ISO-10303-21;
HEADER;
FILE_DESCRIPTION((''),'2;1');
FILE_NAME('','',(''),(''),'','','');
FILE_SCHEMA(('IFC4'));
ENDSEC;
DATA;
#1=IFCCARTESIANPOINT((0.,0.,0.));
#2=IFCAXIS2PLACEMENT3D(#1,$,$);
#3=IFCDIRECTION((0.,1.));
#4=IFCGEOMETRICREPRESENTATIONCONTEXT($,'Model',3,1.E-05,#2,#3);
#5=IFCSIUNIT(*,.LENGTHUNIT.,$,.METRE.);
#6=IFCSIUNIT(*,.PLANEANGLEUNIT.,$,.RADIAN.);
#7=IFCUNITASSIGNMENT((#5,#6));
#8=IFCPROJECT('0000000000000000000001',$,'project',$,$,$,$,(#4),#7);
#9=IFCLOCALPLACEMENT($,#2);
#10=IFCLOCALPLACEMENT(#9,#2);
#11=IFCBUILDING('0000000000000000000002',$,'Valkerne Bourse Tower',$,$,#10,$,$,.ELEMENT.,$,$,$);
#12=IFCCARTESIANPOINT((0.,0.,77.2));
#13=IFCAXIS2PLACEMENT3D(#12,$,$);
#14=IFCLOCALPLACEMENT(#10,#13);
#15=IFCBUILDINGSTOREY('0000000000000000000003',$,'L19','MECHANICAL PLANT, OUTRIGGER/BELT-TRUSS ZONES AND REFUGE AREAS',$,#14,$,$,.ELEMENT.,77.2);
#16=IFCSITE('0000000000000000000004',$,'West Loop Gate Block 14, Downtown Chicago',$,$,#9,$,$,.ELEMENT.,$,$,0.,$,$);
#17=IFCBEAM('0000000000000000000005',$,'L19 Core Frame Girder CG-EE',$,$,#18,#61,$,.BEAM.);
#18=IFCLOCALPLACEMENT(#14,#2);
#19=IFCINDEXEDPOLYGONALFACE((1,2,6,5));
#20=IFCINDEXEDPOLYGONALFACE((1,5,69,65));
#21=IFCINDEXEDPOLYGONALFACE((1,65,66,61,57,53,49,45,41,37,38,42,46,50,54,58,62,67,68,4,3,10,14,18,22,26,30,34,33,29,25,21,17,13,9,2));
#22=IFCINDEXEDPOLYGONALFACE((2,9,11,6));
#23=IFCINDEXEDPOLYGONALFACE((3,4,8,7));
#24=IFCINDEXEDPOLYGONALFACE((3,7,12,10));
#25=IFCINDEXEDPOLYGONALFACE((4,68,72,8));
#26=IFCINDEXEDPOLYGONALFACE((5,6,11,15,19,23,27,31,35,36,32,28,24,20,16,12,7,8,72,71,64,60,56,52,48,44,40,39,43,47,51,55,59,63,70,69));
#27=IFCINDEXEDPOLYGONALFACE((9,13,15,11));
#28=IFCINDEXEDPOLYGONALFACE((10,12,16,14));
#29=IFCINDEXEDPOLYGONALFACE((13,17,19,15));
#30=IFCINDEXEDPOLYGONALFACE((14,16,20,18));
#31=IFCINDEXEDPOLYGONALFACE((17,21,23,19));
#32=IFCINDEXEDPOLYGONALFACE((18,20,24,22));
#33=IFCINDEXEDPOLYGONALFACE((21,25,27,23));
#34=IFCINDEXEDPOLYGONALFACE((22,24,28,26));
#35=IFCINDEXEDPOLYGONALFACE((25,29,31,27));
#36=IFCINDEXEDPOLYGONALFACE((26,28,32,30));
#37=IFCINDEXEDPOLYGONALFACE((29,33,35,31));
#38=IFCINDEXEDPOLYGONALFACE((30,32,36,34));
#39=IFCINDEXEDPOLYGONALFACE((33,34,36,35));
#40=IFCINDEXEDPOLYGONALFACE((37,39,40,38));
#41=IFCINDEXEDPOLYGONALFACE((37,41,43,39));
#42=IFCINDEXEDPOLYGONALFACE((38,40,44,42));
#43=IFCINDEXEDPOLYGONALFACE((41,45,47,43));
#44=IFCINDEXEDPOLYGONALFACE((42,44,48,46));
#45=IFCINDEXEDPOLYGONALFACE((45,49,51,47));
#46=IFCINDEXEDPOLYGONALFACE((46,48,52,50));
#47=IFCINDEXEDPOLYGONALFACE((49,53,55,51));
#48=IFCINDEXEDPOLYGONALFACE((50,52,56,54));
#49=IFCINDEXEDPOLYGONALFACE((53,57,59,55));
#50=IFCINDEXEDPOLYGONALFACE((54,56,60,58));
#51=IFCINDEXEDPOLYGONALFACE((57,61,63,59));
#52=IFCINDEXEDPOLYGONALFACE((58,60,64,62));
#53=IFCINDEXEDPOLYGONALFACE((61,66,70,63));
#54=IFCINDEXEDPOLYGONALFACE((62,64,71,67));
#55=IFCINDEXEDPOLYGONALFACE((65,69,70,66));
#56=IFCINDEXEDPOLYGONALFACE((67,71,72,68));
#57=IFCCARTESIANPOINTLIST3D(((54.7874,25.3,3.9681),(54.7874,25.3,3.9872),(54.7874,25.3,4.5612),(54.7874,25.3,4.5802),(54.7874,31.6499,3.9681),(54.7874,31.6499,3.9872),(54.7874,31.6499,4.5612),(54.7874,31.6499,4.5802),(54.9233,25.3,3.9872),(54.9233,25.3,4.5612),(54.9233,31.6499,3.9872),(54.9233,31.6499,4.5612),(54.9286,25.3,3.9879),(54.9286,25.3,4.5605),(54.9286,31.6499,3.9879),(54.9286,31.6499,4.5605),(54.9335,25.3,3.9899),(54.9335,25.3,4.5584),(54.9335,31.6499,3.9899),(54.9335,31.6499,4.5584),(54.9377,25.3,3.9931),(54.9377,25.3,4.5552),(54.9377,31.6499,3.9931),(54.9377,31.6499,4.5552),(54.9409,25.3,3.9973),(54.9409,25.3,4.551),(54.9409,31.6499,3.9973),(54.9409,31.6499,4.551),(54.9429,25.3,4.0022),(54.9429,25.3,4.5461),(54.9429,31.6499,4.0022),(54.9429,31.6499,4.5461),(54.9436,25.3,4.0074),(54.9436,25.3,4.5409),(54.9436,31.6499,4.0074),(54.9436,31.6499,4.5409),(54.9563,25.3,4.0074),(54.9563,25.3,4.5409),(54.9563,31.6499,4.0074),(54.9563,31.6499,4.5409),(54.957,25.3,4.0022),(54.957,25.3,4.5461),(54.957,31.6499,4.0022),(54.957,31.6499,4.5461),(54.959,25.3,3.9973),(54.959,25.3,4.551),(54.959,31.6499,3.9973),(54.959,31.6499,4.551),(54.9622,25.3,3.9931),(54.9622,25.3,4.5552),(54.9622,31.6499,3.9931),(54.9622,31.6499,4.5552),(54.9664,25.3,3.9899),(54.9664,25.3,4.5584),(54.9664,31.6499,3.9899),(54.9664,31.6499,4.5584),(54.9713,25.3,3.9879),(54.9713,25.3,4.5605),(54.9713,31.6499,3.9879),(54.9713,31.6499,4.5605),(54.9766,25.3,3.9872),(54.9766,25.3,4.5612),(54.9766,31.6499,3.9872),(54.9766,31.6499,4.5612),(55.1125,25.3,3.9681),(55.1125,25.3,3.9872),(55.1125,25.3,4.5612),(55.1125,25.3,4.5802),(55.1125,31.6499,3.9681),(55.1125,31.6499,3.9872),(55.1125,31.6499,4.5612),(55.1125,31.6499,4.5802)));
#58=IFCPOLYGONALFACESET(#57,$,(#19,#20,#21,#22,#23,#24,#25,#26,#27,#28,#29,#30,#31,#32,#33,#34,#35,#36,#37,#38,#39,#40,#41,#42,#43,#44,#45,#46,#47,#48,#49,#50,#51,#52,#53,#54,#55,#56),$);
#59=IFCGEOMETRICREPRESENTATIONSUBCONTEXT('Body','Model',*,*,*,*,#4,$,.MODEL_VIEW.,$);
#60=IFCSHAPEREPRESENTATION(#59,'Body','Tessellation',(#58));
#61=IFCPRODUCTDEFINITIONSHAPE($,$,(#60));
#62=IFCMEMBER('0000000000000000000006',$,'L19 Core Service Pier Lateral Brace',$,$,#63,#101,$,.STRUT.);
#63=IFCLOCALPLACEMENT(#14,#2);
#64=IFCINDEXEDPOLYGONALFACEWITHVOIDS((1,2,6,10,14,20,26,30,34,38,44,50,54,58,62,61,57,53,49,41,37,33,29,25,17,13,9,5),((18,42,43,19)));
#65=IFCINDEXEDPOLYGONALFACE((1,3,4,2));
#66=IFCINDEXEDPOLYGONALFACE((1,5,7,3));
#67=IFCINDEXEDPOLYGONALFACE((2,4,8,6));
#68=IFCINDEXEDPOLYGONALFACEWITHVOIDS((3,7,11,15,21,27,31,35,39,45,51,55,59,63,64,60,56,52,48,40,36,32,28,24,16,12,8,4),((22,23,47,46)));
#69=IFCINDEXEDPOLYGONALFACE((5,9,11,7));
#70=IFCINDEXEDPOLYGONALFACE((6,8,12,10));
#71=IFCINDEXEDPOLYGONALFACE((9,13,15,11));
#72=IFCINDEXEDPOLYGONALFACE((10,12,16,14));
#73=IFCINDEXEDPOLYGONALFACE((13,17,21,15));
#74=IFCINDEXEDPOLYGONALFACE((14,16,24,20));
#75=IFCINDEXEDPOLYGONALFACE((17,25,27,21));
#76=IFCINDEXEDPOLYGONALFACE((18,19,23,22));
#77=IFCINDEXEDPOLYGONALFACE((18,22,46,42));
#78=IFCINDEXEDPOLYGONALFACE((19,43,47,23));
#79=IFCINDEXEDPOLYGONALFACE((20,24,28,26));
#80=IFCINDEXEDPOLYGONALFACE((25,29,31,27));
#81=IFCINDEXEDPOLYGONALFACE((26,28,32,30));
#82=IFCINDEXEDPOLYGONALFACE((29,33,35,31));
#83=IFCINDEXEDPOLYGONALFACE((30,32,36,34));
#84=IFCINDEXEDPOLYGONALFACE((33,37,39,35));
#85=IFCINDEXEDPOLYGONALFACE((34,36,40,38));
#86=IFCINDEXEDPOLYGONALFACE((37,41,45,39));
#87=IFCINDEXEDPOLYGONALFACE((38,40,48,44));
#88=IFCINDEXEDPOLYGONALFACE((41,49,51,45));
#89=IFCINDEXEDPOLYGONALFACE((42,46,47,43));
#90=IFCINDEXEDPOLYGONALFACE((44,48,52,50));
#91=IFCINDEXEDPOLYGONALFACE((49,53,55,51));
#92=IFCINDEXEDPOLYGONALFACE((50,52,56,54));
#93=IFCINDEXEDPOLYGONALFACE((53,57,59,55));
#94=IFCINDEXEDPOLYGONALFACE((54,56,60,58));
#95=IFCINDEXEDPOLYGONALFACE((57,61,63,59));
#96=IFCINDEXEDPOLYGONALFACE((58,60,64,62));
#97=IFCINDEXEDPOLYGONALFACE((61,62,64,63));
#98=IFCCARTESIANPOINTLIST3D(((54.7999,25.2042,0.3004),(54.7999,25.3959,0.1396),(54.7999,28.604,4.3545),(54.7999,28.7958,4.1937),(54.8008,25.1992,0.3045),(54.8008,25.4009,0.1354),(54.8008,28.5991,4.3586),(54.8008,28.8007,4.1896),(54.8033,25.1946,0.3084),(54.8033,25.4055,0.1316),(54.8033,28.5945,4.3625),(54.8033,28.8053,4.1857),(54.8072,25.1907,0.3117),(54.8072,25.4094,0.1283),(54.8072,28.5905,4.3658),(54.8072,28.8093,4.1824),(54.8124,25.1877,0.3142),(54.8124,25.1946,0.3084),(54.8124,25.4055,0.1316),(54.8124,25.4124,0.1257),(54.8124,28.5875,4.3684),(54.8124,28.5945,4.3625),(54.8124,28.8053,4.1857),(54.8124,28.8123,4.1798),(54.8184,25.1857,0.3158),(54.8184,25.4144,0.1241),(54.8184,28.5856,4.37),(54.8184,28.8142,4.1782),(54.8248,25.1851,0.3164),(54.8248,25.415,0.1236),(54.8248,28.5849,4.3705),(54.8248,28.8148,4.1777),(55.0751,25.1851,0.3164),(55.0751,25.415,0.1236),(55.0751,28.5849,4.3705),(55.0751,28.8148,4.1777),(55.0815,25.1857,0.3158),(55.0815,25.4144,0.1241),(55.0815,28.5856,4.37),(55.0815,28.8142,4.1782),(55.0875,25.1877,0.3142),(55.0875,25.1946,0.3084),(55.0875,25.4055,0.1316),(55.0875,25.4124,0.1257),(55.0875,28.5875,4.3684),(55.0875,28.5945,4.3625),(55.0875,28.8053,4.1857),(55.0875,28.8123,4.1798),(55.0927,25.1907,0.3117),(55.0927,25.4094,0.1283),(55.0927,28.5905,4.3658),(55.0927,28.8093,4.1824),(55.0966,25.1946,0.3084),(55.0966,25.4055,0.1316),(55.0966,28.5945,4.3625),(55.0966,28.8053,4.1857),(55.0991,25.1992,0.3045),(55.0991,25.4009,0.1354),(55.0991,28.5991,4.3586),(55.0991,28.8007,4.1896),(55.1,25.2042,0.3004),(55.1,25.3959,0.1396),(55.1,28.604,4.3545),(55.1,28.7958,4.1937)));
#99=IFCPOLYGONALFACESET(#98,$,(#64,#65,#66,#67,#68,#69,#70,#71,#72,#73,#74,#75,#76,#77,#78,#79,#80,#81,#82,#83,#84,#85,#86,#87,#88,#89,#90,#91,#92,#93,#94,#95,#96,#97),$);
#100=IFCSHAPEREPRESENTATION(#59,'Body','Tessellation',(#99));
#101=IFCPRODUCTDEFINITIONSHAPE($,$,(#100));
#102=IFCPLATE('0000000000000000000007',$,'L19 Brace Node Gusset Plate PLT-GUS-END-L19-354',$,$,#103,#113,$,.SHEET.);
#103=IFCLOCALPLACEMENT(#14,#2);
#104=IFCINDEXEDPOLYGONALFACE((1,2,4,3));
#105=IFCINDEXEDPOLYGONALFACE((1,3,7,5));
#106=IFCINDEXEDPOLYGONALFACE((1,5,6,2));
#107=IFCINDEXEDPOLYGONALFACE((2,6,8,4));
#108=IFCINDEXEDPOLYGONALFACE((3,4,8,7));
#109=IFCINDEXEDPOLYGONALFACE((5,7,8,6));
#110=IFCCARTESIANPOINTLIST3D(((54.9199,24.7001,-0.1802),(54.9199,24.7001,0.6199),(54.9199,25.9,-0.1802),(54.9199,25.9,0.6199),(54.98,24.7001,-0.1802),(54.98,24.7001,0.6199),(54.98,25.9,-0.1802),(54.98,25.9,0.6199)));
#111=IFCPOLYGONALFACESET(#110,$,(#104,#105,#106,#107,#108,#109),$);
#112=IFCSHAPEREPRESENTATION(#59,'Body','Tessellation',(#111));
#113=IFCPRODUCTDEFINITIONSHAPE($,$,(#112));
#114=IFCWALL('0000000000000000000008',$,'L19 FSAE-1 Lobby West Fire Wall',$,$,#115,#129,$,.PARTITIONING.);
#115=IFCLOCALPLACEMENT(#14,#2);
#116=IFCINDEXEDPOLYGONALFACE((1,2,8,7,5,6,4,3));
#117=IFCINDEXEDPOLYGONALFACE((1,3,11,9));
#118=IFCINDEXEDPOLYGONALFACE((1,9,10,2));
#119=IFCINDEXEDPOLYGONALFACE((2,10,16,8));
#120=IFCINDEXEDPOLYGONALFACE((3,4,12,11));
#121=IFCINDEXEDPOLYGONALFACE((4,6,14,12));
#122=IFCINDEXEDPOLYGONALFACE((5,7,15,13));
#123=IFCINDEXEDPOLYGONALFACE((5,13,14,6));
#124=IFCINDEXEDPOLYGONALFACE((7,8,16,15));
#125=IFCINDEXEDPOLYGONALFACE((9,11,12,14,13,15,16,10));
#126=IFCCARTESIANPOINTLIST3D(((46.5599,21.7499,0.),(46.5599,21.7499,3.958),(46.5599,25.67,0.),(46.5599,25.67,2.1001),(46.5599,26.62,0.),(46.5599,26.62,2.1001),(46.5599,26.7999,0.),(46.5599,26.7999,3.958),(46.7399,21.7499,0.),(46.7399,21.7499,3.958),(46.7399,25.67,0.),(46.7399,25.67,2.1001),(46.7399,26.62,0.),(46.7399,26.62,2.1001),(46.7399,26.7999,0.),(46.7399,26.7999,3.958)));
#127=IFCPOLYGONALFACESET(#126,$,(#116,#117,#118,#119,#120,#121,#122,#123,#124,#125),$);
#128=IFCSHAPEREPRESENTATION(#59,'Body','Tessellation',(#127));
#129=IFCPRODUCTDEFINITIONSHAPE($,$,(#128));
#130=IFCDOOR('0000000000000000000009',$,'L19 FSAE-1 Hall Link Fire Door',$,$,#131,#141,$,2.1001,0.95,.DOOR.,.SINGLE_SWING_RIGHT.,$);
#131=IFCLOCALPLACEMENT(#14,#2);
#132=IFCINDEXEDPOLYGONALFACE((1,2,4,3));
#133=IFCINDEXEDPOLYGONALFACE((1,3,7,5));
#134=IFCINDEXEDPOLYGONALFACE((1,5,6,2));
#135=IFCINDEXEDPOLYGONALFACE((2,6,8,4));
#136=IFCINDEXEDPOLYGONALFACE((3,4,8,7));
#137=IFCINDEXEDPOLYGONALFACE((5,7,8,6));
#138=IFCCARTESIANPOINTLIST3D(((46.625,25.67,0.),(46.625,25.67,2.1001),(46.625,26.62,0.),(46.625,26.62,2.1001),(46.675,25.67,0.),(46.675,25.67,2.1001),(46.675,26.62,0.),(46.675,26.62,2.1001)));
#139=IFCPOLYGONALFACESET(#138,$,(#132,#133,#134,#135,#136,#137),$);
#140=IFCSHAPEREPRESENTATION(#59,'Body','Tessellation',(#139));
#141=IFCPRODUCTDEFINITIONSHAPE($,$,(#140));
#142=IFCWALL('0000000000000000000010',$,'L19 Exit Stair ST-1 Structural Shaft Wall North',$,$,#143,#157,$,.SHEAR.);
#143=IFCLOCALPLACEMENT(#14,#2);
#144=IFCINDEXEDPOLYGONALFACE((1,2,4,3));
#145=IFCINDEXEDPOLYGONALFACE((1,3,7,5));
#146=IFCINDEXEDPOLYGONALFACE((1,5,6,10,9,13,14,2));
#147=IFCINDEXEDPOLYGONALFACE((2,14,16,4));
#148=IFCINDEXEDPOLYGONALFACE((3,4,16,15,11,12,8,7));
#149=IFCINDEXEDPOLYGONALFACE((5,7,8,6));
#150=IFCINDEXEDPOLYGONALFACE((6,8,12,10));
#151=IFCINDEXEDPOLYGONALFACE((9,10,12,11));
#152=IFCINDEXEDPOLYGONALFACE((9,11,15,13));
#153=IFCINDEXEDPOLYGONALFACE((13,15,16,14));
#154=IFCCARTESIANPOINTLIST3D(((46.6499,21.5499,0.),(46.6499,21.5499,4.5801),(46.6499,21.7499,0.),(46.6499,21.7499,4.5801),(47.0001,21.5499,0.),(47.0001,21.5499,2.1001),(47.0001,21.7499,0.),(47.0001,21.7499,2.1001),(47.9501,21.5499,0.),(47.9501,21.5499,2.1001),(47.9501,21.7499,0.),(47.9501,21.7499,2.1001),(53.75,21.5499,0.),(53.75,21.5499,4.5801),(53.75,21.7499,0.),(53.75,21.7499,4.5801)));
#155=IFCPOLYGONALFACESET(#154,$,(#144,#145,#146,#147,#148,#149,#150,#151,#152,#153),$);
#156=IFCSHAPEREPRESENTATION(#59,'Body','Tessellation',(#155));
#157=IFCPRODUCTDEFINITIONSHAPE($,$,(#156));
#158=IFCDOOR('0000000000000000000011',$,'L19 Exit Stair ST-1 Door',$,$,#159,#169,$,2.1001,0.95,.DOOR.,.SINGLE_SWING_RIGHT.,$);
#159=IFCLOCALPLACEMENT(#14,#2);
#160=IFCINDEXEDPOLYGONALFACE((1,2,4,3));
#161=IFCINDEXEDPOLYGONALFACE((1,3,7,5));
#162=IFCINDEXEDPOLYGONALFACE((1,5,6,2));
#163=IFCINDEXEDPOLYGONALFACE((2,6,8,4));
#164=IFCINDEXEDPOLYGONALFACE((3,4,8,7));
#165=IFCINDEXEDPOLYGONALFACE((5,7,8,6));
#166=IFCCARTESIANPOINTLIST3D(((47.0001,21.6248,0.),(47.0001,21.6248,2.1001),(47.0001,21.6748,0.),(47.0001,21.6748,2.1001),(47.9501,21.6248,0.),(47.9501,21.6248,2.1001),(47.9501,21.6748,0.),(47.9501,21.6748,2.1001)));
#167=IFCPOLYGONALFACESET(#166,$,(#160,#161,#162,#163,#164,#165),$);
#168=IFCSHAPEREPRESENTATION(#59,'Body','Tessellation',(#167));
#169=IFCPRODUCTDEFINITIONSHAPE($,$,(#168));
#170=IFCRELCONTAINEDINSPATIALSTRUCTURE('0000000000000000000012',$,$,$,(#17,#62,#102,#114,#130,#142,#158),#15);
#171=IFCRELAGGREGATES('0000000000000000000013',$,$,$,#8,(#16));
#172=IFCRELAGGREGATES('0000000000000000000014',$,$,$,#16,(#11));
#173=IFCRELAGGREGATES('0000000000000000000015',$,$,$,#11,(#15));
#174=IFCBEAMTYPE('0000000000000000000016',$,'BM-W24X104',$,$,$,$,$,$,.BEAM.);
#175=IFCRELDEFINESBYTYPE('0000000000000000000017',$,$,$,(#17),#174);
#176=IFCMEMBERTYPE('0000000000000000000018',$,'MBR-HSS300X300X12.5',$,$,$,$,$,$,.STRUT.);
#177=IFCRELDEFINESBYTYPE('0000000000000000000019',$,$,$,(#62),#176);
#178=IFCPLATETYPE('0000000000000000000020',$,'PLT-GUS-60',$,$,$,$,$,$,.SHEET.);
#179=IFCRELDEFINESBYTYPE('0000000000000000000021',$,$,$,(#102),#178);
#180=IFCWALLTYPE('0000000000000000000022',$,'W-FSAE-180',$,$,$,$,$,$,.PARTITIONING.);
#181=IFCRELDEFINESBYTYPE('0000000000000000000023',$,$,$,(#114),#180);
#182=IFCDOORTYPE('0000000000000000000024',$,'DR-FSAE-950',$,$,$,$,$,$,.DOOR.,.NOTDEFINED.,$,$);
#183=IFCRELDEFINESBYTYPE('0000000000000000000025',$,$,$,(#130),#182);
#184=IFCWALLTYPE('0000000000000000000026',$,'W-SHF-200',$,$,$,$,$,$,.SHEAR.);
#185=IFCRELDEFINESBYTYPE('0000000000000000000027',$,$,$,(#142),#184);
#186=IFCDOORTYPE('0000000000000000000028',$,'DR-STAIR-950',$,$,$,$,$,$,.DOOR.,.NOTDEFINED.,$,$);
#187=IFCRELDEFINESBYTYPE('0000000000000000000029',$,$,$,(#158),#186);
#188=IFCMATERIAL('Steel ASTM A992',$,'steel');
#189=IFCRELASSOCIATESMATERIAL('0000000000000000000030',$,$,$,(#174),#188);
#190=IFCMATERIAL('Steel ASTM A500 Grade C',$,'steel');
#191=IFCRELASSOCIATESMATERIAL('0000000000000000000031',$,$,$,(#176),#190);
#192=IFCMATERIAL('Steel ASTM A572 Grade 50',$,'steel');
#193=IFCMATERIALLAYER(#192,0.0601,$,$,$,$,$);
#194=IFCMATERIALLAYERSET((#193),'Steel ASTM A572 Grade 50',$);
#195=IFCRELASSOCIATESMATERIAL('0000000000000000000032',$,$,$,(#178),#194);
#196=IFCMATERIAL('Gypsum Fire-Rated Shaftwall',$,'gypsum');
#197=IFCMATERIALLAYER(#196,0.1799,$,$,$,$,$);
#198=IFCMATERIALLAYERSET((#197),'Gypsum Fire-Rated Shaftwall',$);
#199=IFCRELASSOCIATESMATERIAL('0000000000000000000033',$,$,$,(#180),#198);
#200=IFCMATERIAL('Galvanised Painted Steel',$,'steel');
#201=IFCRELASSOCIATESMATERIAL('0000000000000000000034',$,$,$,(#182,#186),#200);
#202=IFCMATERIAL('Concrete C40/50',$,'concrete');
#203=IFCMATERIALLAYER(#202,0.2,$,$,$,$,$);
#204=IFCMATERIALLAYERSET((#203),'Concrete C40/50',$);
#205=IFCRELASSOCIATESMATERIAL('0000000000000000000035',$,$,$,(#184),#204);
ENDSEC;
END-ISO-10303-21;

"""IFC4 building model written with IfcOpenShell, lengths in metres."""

from ifc_helpers import new_model, si_unit, direction, frame, frame_2d, origin, origin_2d, place, context, subcontext, project, spatial, rectangle, hollow_rectangle, i_section, extrude, material, layer, layer_set, material_profile, profile_set, type_object, element, fill, save


model = new_model("IFC4")

# Units and contexts
model_context = context("Model", 3, precision=1e-05, world=origin(), true_north=direction((0.0, 1.0)))
body_context = subcontext(model_context, "Body", "Model", "MODEL_VIEW")
ifc_project = project(units=[si_unit("LENGTHUNIT", "METRE"), si_unit("PLANEANGLEUNIT", "RADIAN")], contexts=[model_context])

# Site, building, storey
site_placement = place(None, origin())
site = spatial("IfcSite", under=ifc_project, at=site_placement, Name="West Loop Gate Block 14, Downtown Chicago", CompositionType="ELEMENT", RefElevation=0.0)
building_placement = place(site_placement, origin())
building = spatial("IfcBuilding", under=site, at=building_placement, Name="Valkerne Bourse Tower", CompositionType="ELEMENT")
storey_placement = place(building_placement, frame((0.0, 0.0, 77.2)))
storey = spatial("IfcBuildingStorey", under=building, at=storey_placement, Name="L19", Description="MECHANICAL PLANT, OUTRIGGER/BELT-TRUSS ZONES AND REFUGE AREAS", CompositionType="ELEMENT", Elevation=77.2)

# Beam
ifc_material_1 = material(Name="Steel ASTM A992", Category="steel")
ifc_material_profile_1 = material_profile(ifc_material_1, i_section(OverallWidth=0.3252, OverallDepth=0.6121, WebThickness=0.0127, FlangeThickness=0.019, FilletRadius=0.0203, at=origin_2d()), Name="W24X104")
ifc_profile_set_1 = profile_set([ifc_material_profile_1], Name="Steel ASTM A992")
beam_type = type_object("IfcBeamType", Name="BM-W24X104", PredefinedType="BEAM", material=ifc_profile_set_1)
beam_1_placement = place(storey_placement, frame((54.95, 25.3, 4.2742), z_axis=(0.0, 1.0, 0.0), x_axis=(-1.0, 0.0, 0.0)))
element("IfcBeam", 1, at=beam_1_placement, inside=storey, type_object=beam_type, Name="L19 Core Frame Girder CG-EE", PredefinedType="BEAM", context=body_context, shape_type="SweptSolid", body=[
    extrude(i_section(OverallWidth=0.3252, OverallDepth=0.6121, WebThickness=0.0127, FlangeThickness=0.019, FilletRadius=0.0203, at=origin_2d()), origin(), (0.0, 0.0, 1.0), 6.3499),
])

# Member
ifc_material_2 = material(Name="Steel ASTM A500 Grade C", Category="steel")
ifc_material_profile_2 = material_profile(ifc_material_2, hollow_rectangle(XDim=0.3, YDim=0.3, WallThickness=0.0125, OuterFilletRadius=0.0249, at=origin_2d()), Name="HSS300X300X12.5")
ifc_profile_set_2 = profile_set([ifc_material_profile_2], Name="Steel ASTM A500 Grade C")
member_type = type_object("IfcMemberType", Name="MBR-HSS300X300X12.5", PredefinedType="STRUT", material=ifc_profile_set_2)
member_placement = place(storey_placement, frame((54.95, 25.3, 0.22), z_axis=(0.0, 0.642569, 0.766228), x_axis=(-1.0, 0.0, 0.0)))
element("IfcMember", 2, at=member_placement, inside=storey, type_object=member_type, Name="L19 Core Service Pier Lateral Brace", PredefinedType="STRUT", context=body_context, shape_type="SweptSolid", body=[
    extrude(hollow_rectangle(XDim=0.3, YDim=0.3, WallThickness=0.0125, OuterFilletRadius=0.0249, at=origin_2d()), origin(), (0.0, 0.0, 1.0), 5.291),
])

# Plate
ifc_material_3 = material(Name="Steel ASTM A572 Grade 50", Category="steel")
ifc_layer_1 = layer(ifc_material_3, 0.0601)
ifc_layer_set_1 = layer_set([ifc_layer_1], Name="Steel ASTM A572 Grade 50")
plate_type = type_object("IfcPlateType", Name="PLT-GUS-60", PredefinedType="SHEET", material=ifc_layer_set_1)
plate_placement = place(storey_placement, frame((54.95, 25.3, -0.1802), z_axis=(0.0, 0.0, 1.0), x_axis=(0.0, 1.0, 0.0)))
element("IfcPlate", 3, at=plate_placement, inside=storey, type_object=plate_type, Name="L19 Brace Node Gusset Plate PLT-GUS-END-L19-354", PredefinedType="SHEET", context=body_context, shape_type="SweptSolid", body=[
    extrude(rectangle(XDim=1.2, YDim=0.0601, at=origin_2d()), origin(), (0.0, 0.0, 1.0), 0.8),
])

# Wall, opening, door
ifc_material_4 = material(Name="Gypsum Fire-Rated Shaftwall", Category="gypsum")
ifc_layer_2 = layer(ifc_material_4, 0.1799)
ifc_layer_set_2 = layer_set([ifc_layer_2], Name="Gypsum Fire-Rated Shaftwall")
wall_type_1 = type_object("IfcWallType", Name="W-FSAE-180", PredefinedType="PARTITIONING", material=ifc_layer_set_2)
wall_1_placement = place(storey_placement, frame((46.6499, 21.75, 0.0), z_axis=(0.0, 0.0, 1.0), x_axis=(0.0, 1.0, 0.0)))
wall_1 = element("IfcWall", 4, at=wall_1_placement, inside=storey, type_object=wall_type_1, Name="L19 FSAE-1 Lobby West Fire Wall", PredefinedType="PARTITIONING", context=body_context, shape_type="SweptSolid", body=[
    extrude(rectangle(XDim=5.05, YDim=0.1799, at=frame_2d((2.5249, 0.0))), origin(), (0.0, 0.0, 1.0), 3.958),
])
opening_1_placement = place(wall_1_placement, frame((3.9199, 0.0, 0.0)))
opening_1 = element("IfcOpeningElement", 5, at=opening_1_placement, cuts=wall_1, PredefinedType="OPENING", context=body_context, shape_type="SweptSolid", body=[
    extrude(rectangle(XDim=0.95, YDim=2.1001, at=frame_2d((0.4751, 1.05))), frame((0.0, 0.0999, 0.0), z_axis=(0.0, -1.0, 0.0), x_axis=(1.0, 0.0, 0.0)), (0.0, 0.0, 1.0), 0.2),
])
ifc_material_5 = material(Name="Galvanised Painted Steel", Category="steel")
door_type_1 = type_object("IfcDoorType", Name="DR-FSAE-950", OperationType="NOTDEFINED", PredefinedType="DOOR", material=ifc_material_5)
door_1_placement = place(opening_1_placement, origin())
door_1 = element("IfcDoor", 6, at=door_1_placement, inside=storey, type_object=door_type_1, Name="L19 FSAE-1 Hall Link Fire Door", OperationType="SINGLE_SWING_RIGHT", OverallHeight=2.1001, OverallWidth=0.95, PredefinedType="DOOR", context=body_context, shape_type="SweptSolid", body=[
    extrude(rectangle(XDim=0.95, YDim=2.1001, at=frame_2d((0.4751, 1.05))), frame((0.0, 0.0249, 0.0), z_axis=(0.0, -1.0, 0.0), x_axis=(1.0, 0.0, 0.0)), (0.0, 0.0, 1.0), 0.05),
])
fill(opening_1, door_1)

# Wall, opening, door
ifc_material_6 = material(Name="Concrete C40/50", Category="concrete")
ifc_layer_3 = layer(ifc_material_6, 0.2)
ifc_layer_set_3 = layer_set([ifc_layer_3], Name="Concrete C40/50")
wall_type_2 = type_object("IfcWallType", Name="W-SHF-200", PredefinedType="SHEAR", material=ifc_layer_set_3)
wall_2_placement = place(storey_placement, frame((46.6499, 21.6499, 0.0), z_axis=(0.0, 0.0, 1.0), x_axis=(1.0, 0.0, 0.0)))
wall_2 = element("IfcWall", 7, at=wall_2_placement, inside=storey, type_object=wall_type_2, Name="L19 Exit Stair ST-1 Structural Shaft Wall North", PredefinedType="SHEAR", context=body_context, shape_type="SweptSolid", body=[
    extrude(rectangle(XDim=7.1001, YDim=0.2, at=frame_2d((3.55, 0.0))), origin(), (0.0, 0.0, 1.0), 4.5801),
])
opening_2_placement = place(wall_2_placement, frame((0.3501, 0.0, 0.0)))
opening_2 = element("IfcOpeningElement", 8, at=opening_2_placement, cuts=wall_2, PredefinedType="OPENING", context=body_context, shape_type="SweptSolid", body=[
    extrude(rectangle(XDim=0.95, YDim=2.1001, at=frame_2d((0.4751, 1.05))), frame((0.0, 0.1099, 0.0), z_axis=(0.0, -1.0, 0.0), x_axis=(1.0, 0.0, 0.0)), (0.0, 0.0, 1.0), 0.22),
])
door_type_2 = type_object("IfcDoorType", Name="DR-STAIR-950", OperationType="NOTDEFINED", PredefinedType="DOOR", material=ifc_material_5)
door_2_placement = place(opening_2_placement, origin())
door_2 = element("IfcDoor", 9, at=door_2_placement, inside=storey, type_object=door_type_2, Name="L19 Exit Stair ST-1 Door", OperationType="SINGLE_SWING_RIGHT", OverallHeight=2.1001, OverallWidth=0.95, PredefinedType="DOOR", context=body_context, shape_type="SweptSolid", body=[
    extrude(rectangle(XDim=0.95, YDim=2.1001, at=frame_2d((0.4751, 1.05))), frame((0.0, 0.0249, 0.0), z_axis=(0.0, -1.0, 0.0), x_axis=(1.0, 0.0, 0.0)), (0.0, 0.0, 1.0), 0.05),
])
fill(opening_2, door_2)

save(model, "model.ifc")
